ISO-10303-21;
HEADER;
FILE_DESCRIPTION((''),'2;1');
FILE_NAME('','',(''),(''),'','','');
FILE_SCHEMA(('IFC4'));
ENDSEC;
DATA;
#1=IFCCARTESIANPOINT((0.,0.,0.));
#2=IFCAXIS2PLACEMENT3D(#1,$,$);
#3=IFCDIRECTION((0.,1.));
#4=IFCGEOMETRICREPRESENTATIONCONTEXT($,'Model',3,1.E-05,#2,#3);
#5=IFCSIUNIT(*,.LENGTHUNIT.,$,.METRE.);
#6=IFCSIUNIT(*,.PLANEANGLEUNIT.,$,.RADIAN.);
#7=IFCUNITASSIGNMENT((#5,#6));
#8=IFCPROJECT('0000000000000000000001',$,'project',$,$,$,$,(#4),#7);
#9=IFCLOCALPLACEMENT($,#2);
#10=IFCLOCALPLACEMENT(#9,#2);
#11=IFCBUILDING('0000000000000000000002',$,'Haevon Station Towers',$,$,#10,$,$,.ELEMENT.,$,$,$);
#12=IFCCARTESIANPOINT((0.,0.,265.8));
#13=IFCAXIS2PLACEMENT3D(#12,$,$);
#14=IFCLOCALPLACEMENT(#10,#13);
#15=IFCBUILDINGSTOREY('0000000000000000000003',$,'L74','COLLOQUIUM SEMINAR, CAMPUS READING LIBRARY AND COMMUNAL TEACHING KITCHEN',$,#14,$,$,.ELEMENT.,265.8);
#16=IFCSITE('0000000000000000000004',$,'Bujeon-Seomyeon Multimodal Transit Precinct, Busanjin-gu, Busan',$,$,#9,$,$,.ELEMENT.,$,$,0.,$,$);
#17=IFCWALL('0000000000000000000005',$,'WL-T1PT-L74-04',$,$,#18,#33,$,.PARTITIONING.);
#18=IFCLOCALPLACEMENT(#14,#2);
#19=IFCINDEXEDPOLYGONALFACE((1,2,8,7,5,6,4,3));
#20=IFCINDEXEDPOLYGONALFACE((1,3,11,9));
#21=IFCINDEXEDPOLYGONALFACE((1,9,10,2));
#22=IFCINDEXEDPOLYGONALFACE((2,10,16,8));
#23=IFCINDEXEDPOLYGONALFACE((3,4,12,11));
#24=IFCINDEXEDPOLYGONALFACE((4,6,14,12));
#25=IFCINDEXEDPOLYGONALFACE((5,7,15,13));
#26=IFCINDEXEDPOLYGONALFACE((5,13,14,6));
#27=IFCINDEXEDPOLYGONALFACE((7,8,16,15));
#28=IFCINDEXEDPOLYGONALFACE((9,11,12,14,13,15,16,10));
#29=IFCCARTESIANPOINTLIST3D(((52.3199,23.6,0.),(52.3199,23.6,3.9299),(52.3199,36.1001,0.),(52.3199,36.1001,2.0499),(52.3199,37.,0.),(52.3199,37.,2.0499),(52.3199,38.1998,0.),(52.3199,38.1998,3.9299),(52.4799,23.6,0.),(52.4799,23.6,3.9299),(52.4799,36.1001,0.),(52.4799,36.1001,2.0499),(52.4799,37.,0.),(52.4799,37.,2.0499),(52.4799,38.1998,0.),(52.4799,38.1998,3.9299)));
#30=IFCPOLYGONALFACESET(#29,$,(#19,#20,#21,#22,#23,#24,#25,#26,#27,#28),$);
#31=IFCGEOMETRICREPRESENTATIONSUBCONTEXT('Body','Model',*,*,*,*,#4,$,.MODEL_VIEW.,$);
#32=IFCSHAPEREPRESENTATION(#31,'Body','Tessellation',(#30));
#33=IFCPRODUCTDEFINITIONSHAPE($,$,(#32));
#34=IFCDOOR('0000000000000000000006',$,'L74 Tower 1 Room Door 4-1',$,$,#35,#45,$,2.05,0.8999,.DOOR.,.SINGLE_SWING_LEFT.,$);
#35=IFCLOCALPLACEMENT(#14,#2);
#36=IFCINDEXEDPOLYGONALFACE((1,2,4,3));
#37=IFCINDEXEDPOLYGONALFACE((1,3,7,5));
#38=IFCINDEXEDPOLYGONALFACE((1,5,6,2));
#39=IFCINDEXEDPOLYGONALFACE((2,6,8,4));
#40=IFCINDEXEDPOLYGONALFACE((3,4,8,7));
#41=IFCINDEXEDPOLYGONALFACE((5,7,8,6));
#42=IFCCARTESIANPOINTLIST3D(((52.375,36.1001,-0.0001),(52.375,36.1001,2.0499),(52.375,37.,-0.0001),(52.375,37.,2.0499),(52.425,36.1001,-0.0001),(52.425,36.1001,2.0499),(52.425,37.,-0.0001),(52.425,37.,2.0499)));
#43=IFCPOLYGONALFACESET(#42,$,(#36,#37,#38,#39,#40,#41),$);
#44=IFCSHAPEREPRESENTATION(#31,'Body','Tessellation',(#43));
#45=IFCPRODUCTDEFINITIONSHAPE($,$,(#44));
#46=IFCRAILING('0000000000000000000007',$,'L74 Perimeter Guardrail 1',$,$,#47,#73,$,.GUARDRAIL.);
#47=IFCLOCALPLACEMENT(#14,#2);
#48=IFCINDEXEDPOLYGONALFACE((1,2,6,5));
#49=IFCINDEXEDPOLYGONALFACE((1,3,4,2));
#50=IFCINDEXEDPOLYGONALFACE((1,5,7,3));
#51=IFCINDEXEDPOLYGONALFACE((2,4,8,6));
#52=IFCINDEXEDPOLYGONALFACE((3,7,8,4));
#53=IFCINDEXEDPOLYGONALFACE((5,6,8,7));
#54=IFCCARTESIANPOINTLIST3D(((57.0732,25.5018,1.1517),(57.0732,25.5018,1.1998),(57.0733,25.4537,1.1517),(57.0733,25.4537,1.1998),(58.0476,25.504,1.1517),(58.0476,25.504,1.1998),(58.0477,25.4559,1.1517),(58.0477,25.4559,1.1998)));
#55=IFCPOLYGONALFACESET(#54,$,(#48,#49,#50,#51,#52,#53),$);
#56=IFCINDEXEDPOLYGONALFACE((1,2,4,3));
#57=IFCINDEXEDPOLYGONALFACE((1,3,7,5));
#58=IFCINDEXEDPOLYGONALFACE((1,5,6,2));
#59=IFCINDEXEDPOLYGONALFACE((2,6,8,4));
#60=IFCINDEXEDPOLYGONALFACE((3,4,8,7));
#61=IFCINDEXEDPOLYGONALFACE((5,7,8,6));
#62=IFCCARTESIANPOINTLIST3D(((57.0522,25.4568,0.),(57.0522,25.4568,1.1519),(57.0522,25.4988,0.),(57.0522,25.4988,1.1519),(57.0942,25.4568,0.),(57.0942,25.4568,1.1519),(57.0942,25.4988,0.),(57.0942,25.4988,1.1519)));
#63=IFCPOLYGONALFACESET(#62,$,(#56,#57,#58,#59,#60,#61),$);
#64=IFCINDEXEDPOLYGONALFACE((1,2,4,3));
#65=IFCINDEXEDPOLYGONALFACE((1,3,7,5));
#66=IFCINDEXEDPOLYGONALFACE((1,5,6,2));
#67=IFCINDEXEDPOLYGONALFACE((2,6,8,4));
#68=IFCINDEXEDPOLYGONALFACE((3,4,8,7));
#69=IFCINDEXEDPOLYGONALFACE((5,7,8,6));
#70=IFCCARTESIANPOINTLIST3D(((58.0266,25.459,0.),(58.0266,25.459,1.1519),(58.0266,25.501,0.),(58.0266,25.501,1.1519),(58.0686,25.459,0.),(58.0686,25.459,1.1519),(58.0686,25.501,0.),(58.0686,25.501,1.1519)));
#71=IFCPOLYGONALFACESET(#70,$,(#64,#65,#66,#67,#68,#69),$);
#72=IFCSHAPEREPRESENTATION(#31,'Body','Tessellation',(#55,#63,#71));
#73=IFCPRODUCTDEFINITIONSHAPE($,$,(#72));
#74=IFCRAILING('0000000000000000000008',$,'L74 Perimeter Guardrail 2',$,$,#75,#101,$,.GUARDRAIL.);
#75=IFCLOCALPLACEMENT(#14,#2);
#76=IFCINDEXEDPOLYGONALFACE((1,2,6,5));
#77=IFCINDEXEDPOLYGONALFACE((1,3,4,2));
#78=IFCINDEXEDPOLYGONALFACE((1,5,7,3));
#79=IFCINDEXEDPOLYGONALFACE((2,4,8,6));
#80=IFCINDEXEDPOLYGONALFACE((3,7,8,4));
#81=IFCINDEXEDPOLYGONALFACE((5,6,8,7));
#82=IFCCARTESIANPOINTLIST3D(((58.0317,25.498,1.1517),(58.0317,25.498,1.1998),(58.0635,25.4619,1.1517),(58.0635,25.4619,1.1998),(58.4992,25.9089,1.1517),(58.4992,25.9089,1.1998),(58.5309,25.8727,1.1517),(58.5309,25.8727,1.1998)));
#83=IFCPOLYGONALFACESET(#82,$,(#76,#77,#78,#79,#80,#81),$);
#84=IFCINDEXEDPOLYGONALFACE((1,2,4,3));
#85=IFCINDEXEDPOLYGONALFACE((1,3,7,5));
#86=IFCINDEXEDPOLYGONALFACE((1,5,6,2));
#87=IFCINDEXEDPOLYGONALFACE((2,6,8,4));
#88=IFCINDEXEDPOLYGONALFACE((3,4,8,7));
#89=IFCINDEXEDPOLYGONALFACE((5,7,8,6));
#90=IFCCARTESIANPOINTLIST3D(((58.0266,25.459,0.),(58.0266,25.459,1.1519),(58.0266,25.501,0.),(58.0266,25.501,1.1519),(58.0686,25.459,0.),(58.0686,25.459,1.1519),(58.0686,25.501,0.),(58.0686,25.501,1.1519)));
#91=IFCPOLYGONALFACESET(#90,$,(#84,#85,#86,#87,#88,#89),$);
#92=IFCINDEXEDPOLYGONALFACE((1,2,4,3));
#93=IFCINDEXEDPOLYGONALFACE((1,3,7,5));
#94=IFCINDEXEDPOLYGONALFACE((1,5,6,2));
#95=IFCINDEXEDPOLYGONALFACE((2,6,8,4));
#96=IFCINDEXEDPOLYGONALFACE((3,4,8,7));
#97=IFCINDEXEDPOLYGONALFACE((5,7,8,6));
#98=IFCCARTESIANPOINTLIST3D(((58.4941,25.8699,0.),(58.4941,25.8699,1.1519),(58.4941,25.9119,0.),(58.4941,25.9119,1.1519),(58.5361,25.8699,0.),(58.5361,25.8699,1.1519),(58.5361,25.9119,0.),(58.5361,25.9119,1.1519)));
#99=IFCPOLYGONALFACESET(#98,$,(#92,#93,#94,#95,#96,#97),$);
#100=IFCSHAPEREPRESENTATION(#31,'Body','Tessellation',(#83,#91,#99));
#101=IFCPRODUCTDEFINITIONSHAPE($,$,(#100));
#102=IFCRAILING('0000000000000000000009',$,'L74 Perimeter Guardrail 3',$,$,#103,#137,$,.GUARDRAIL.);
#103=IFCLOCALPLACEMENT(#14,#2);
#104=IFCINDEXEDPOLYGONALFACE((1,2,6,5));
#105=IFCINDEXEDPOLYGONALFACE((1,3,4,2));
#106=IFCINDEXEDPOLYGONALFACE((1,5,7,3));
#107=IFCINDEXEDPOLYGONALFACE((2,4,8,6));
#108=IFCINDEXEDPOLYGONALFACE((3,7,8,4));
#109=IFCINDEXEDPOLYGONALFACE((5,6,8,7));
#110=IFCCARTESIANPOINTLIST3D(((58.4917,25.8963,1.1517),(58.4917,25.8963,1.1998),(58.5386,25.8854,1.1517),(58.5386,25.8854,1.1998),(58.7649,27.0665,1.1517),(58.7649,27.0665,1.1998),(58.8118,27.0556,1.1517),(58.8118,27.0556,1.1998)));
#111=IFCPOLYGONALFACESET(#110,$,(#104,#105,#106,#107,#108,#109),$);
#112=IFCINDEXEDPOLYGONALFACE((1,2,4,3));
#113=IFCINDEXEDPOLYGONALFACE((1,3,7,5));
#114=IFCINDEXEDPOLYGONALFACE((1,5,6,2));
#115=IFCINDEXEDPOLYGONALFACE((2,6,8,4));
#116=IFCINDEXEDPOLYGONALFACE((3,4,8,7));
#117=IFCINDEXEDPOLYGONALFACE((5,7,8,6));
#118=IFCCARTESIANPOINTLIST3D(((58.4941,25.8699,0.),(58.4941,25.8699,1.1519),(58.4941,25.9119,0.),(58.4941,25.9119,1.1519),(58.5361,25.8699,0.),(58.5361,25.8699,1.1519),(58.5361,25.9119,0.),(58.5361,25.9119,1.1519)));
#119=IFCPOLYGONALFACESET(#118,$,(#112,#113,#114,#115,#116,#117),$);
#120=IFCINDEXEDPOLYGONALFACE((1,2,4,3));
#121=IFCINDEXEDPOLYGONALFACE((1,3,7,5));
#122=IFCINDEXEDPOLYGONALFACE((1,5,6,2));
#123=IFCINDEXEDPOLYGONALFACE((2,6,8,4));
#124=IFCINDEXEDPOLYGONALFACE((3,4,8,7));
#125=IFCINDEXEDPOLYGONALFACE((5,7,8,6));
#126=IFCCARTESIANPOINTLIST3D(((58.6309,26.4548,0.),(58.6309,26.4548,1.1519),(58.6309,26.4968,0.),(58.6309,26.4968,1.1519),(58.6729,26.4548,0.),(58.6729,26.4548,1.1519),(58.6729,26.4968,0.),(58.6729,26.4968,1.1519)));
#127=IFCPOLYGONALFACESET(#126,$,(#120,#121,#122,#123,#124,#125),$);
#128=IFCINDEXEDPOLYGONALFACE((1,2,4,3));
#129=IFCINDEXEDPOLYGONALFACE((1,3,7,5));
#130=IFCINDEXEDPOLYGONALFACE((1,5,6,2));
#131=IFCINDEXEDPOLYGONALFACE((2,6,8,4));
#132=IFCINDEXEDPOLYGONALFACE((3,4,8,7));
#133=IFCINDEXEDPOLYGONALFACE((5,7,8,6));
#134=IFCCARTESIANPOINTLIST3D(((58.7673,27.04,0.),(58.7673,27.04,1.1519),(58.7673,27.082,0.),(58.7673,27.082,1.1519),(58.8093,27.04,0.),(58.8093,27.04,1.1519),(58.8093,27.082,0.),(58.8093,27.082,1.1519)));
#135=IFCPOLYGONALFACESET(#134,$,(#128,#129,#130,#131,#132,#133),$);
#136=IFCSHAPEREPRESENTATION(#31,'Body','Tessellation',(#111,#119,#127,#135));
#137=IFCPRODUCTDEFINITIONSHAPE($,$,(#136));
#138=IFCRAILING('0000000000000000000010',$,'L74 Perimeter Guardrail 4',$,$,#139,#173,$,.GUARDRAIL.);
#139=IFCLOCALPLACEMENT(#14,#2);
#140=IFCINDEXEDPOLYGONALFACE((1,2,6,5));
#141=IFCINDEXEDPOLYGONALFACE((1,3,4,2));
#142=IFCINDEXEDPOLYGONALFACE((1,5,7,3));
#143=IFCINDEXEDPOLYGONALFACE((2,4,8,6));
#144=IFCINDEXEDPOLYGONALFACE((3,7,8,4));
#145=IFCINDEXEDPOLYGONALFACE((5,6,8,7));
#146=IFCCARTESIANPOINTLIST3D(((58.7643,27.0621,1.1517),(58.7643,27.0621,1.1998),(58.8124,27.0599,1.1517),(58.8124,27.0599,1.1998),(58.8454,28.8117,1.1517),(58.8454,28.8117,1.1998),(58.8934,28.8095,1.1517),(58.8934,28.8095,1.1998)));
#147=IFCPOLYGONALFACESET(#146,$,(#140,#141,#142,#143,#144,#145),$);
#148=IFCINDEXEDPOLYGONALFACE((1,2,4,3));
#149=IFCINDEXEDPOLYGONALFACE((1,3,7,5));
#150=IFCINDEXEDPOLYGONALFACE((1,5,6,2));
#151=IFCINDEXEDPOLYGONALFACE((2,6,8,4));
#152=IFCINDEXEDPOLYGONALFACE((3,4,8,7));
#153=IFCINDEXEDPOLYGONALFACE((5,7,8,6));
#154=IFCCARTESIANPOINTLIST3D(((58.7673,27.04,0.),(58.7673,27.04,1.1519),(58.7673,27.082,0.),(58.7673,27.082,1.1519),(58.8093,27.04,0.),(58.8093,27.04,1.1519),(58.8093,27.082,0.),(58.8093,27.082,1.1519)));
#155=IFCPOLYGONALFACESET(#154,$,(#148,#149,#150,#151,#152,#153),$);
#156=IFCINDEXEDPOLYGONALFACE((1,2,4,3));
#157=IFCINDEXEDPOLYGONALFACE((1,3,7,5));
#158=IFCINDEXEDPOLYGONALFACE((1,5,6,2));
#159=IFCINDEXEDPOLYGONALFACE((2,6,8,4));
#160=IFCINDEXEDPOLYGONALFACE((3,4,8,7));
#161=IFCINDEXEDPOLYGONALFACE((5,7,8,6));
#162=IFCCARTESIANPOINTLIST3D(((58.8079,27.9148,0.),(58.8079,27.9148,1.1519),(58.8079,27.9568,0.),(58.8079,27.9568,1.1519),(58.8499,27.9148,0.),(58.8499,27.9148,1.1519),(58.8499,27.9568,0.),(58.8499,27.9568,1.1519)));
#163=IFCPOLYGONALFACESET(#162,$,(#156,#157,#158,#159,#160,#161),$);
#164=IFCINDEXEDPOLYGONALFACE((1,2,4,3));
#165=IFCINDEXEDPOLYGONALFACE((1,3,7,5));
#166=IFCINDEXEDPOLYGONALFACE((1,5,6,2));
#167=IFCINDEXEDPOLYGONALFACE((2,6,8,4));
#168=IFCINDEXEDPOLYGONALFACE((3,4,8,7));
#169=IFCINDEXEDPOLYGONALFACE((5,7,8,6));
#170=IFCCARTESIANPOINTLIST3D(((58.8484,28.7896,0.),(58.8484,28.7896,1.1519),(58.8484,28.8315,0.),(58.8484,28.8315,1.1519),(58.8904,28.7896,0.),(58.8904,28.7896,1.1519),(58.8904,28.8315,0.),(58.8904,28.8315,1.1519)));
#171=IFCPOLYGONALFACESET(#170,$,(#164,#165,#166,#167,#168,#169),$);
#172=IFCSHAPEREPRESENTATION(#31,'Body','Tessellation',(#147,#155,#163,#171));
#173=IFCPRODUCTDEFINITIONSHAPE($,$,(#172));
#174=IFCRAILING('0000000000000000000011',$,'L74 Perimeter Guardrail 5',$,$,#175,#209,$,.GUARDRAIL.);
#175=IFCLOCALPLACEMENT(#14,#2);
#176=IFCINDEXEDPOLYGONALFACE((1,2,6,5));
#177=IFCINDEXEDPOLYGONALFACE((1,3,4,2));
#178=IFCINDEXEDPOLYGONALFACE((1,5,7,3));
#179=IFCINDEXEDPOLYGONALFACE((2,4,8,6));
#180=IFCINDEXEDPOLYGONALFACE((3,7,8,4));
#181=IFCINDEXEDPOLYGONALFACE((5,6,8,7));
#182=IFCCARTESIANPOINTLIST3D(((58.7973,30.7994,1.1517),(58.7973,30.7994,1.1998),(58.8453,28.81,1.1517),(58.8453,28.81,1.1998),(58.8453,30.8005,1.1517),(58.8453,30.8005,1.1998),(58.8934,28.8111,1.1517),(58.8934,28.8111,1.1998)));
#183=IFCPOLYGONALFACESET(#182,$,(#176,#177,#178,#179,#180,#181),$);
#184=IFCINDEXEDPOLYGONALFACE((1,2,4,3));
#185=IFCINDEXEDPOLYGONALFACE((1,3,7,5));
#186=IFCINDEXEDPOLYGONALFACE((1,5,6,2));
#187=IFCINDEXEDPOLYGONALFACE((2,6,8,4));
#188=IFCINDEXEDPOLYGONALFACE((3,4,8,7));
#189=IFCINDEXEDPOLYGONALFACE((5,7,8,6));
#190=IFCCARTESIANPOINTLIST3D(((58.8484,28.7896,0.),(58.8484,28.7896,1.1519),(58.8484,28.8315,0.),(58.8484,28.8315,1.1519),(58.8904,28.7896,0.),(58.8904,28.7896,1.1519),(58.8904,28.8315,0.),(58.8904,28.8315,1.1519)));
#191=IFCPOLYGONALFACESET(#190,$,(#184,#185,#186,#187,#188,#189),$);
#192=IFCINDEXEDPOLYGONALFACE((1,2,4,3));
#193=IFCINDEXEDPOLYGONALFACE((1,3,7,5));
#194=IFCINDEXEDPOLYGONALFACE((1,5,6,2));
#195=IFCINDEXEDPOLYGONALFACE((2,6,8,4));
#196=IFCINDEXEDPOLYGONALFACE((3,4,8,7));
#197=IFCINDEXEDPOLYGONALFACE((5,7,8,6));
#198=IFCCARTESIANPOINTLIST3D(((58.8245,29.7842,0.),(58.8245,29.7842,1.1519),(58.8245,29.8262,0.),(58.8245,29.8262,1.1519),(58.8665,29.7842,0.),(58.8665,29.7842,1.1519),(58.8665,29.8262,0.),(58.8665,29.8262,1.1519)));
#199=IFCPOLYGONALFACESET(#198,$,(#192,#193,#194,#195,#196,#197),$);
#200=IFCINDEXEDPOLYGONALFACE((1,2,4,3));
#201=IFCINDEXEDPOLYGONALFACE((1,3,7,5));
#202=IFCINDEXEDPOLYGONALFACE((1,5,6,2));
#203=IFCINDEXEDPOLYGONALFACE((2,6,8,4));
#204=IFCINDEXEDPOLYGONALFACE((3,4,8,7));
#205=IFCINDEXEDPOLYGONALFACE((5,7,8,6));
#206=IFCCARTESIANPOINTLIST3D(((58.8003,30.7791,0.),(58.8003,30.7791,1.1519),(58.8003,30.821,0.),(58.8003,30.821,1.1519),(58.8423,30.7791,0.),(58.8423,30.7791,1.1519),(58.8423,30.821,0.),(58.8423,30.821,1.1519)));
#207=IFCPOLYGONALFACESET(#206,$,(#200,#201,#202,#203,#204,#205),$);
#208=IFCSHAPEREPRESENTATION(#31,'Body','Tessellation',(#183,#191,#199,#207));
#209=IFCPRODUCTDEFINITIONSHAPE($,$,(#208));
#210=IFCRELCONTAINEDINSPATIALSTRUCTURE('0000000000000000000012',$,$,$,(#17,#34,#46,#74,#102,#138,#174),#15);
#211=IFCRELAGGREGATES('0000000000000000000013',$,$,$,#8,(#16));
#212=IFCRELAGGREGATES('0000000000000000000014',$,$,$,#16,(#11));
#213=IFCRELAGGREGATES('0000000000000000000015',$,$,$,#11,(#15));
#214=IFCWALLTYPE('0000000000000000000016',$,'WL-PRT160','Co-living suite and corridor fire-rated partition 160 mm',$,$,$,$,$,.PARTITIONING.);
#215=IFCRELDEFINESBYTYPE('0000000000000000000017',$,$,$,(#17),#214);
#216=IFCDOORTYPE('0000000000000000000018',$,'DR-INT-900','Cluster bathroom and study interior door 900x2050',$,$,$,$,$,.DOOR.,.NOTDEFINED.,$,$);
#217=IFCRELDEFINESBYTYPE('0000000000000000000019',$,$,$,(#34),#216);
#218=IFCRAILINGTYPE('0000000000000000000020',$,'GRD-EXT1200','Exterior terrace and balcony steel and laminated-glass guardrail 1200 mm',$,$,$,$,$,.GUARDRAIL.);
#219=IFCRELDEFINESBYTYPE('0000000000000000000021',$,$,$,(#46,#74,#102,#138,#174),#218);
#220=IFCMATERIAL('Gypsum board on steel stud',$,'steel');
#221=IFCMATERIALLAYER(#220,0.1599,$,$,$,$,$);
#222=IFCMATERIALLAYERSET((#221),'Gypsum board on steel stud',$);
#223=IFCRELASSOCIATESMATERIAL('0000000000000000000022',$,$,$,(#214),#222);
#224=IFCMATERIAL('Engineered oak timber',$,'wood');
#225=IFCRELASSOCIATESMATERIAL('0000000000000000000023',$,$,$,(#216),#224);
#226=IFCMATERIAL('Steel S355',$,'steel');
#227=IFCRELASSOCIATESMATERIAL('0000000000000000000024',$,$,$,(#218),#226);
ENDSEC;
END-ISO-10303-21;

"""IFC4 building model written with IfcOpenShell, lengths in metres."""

from ifc_helpers import new_model, si_unit, direction, frame, frame_2d, origin, origin_2d, place, context, subcontext, project, spatial, rectangle, extrude, material, layer, layer_set, type_object, element, fill, save


model = new_model("IFC4")

# Units and contexts
model_context = context("Model", 3, precision=1e-05, world=origin(), true_north=direction((0.0, 1.0)))
body_context = subcontext(model_context, "Body", "Model", "MODEL_VIEW")
ifc_project = project(units=[si_unit("LENGTHUNIT", "METRE"), si_unit("PLANEANGLEUNIT", "RADIAN")], contexts=[model_context])

# Site, building, storey
site_placement = place(None, origin())
site = spatial("IfcSite", under=ifc_project, at=site_placement, Name="Bujeon-Seomyeon Multimodal Transit Precinct, Busanjin-gu, Busan", CompositionType="ELEMENT", RefElevation=0.0)
building_placement = place(site_placement, origin())
building = spatial("IfcBuilding", under=site, at=building_placement, Name="Haevon Station Towers", CompositionType="ELEMENT")
storey_placement = place(building_placement, frame((0.0, 0.0, 265.8)))
storey = spatial("IfcBuildingStorey", under=building, at=storey_placement, Name="L74", Description="COLLOQUIUM SEMINAR, CAMPUS READING LIBRARY AND COMMUNAL TEACHING KITCHEN", CompositionType="ELEMENT", Elevation=265.8)

# Shared definitions
ifc_material_1 = material(Name="Steel S355", Category="steel")

# Wall, opening, door
ifc_material_2 = material(Name="Gypsum board on steel stud", Category="steel")
ifc_layer_1 = layer(ifc_material_2, 0.1599)
ifc_layer_set_1 = layer_set([ifc_layer_1], Name="Gypsum board on steel stud")
wall_type_1 = type_object("IfcWallType", Name="WL-PRT160", Description="Co-living suite and corridor fire-rated partition 160 mm", PredefinedType="PARTITIONING", material=ifc_layer_set_1)
wall_1_placement = place(storey_placement, frame((52.3999, 23.6001, 0.0), z_axis=(0.0, 0.0, 1.0), x_axis=(0.0, 1.0, 0.0)))
wall_1 = element("IfcWall", 1, at=wall_1_placement, inside=storey, type_object=wall_type_1, Name="WL-T1PT-L74-04", PredefinedType="PARTITIONING", context=body_context, shape_type="SweptSolid", body=[
    extrude(rectangle(XDim=14.5999, YDim=0.1599, at=frame_2d((7.2998, 0.0))), origin(), (0.0, 0.0, 1.0), 3.9299),
])
opening_1_placement = place(wall_1_placement, frame((12.5, 0.0, 0.0)))
opening_1 = element("IfcOpeningElement", 2, at=opening_1_placement, cuts=wall_1, PredefinedType="OPENING", context=body_context, shape_type="SweptSolid", body=[
    extrude(rectangle(XDim=0.8999, YDim=2.05, at=frame_2d((0.45, 1.0249))), frame((0.0, 0.0898, 0.0), z_axis=(0.0, -1.0, 0.0), x_axis=(1.0, 0.0, 0.0)), (0.0, 0.0, 1.0), 0.1799),
])
ifc_material_3 = material(Name="Engineered oak timber", Category="wood")
door_type = type_object("IfcDoorType", Name="DR-INT-900", Description="Cluster bathroom and study interior door 900x2050", OperationType="NOTDEFINED", PredefinedType="DOOR", material=ifc_material_3)
door_placement = place(opening_1_placement, origin())
door = element("IfcDoor", 3, at=door_placement, inside=storey, type_object=door_type, Name="L74 Tower 1 Room Door 4-1", OperationType="SINGLE_SWING_LEFT", OverallHeight=2.05, OverallWidth=0.8999, PredefinedType="DOOR", context=body_context, shape_type="SweptSolid", body=[
    extrude(rectangle(XDim=0.8999, YDim=2.05, at=frame_2d((0.45, 1.0249))), frame((0.0, 0.0249, 0.0), z_axis=(0.0, -1.0, 0.0), x_axis=(1.0, 0.0, 0.0)), (0.0, 0.0, 1.0), 0.05),
])
fill(opening_1, door)

# Railings
railing_type = type_object("IfcRailingType", Name="GRD-EXT1200", Description="Exterior terrace and balcony steel and laminated-glass guardrail 1200 mm", PredefinedType="GUARDRAIL", material=ifc_material_1)
railing_1_placement = place(storey_placement, frame((57.0732, 25.4778, 0.0)))
element("IfcRailing", 4, at=railing_1_placement, inside=storey, type_object=railing_type, Name="L74 Perimeter Guardrail 1", PredefinedType="GUARDRAIL", context=body_context, shape_type="SweptSolid", body=[
    extrude(rectangle(XDim=0.0481, YDim=0.0481, at=origin_2d()), frame((0.0, 0.0, 1.1758), z_axis=(0.999997, 0.002255, 0.0), x_axis=(-0.002255, 0.999997, 0.0)), (0.0, 0.0, 1.0), 0.9744),
    extrude(rectangle(XDim=0.042, YDim=0.042, at=origin_2d()), origin(), (0.0, 0.0, 1.0), 1.1519),
    extrude(rectangle(XDim=0.042, YDim=0.042, at=origin_2d()), frame((0.9744, 0.0022, 0.0)), (0.0, 0.0, 1.0), 1.1519),
])
railing_2_placement = place(storey_placement, frame((58.0476, 25.48, 0.0)))
element("IfcRailing", 5, at=railing_2_placement, inside=storey, type_object=railing_type, Name="L74 Perimeter Guardrail 2", PredefinedType="GUARDRAIL", context=body_context, shape_type="SweptSolid", body=[
    extrude(rectangle(XDim=0.0481, YDim=0.0481, at=origin_2d()), frame((0.0, 0.0, 1.1758), z_axis=(0.751141, 0.660141, 0.0), x_axis=(-0.660141, 0.751141, 0.0)), (0.0, 0.0, 1.0), 0.6223),
    extrude(rectangle(XDim=0.042, YDim=0.042, at=origin_2d()), origin(), (0.0, 0.0, 1.0), 1.1519),
    extrude(rectangle(XDim=0.042, YDim=0.042, at=origin_2d()), frame((0.4675, 0.4109, 0.0)), (0.0, 0.0, 1.0), 1.1519),
])
railing_3_placement = place(storey_placement, frame((58.5151, 25.8909, 0.0)))
element("IfcRailing", 6, at=railing_3_placement, inside=storey, type_object=railing_type, Name="L74 Perimeter Guardrail 3", PredefinedType="GUARDRAIL", context=body_context, shape_type="SweptSolid", body=[
    extrude(rectangle(XDim=0.0481, YDim=0.0481, at=origin_2d()), frame((0.0, 0.0, 1.1758), z_axis=(0.227352, 0.973813, 0.0), x_axis=(-0.973813, 0.227352, 0.0)), (0.0, 0.0, 1.0), 1.2017),
    extrude(rectangle(XDim=0.042, YDim=0.042, at=origin_2d()), origin(), (0.0, 0.0, 1.0), 1.1519),
    extrude(rectangle(XDim=0.042, YDim=0.042, at=origin_2d()), frame((0.1367, 0.585, 0.0)), (0.0, 0.0, 1.0), 1.1519),
    extrude(rectangle(XDim=0.042, YDim=0.042, at=origin_2d()), frame((0.2732, 1.1702, 0.0)), (0.0, 0.0, 1.0), 1.1519),
])
railing_4_placement = place(storey_placement, frame((58.7883, 27.061, 0.0)))
element("IfcRailing", 7, at=railing_4_placement, inside=storey, type_object=railing_type, Name="L74 Perimeter Guardrail 4", PredefinedType="GUARDRAIL", context=body_context, shape_type="SweptSolid", body=[
    extrude(rectangle(XDim=0.0481, YDim=0.0481, at=origin_2d()), frame((0.0, 0.0, 1.1758), z_axis=(0.04628, 0.998928, 0.0), x_axis=(-0.998928, 0.04628, 0.0)), (0.0, 0.0, 1.0), 1.7515),
    extrude(rectangle(XDim=0.042, YDim=0.042, at=origin_2d()), origin(), (0.0, 0.0, 1.0), 1.1519),
    extrude(rectangle(XDim=0.042, YDim=0.042, at=origin_2d()), frame((0.0405, 0.8748, 0.0)), (0.0, 0.0, 1.0), 1.1519),
    extrude(rectangle(XDim=0.042, YDim=0.042, at=origin_2d()), frame((0.0811, 1.7495, 0.0)), (0.0, 0.0, 1.0), 1.1519),
])
railing_5_placement = place(storey_placement, frame((58.8694, 28.8105, 0.0)))
element("IfcRailing", 8, at=railing_5_placement, inside=storey, type_object=railing_type, Name="L74 Perimeter Guardrail 5", PredefinedType="GUARDRAIL", context=body_context, shape_type="SweptSolid", body=[
    extrude(rectangle(XDim=0.0481, YDim=0.0481, at=origin_2d()), frame((0.0, 0.0, 1.1758), z_axis=(-0.024168, 0.999708, 0.0), x_axis=(-0.999708, -0.024168, 0.0)), (0.0, 0.0, 1.0), 1.99),
    extrude(rectangle(XDim=0.042, YDim=0.042, at=origin_2d()), origin(), (0.0, 0.0, 1.0), 1.1519),
    extrude(rectangle(XDim=0.042, YDim=0.042, at=origin_2d()), frame((-0.0239, 0.9946, 0.0)), (0.0, 0.0, 1.0), 1.1519),
    extrude(rectangle(XDim=0.042, YDim=0.042, at=origin_2d()), frame((-0.0481, 1.9895, 0.0)), (0.0, 0.0, 1.0), 1.1519),
])

save(model, "model.ifc")
